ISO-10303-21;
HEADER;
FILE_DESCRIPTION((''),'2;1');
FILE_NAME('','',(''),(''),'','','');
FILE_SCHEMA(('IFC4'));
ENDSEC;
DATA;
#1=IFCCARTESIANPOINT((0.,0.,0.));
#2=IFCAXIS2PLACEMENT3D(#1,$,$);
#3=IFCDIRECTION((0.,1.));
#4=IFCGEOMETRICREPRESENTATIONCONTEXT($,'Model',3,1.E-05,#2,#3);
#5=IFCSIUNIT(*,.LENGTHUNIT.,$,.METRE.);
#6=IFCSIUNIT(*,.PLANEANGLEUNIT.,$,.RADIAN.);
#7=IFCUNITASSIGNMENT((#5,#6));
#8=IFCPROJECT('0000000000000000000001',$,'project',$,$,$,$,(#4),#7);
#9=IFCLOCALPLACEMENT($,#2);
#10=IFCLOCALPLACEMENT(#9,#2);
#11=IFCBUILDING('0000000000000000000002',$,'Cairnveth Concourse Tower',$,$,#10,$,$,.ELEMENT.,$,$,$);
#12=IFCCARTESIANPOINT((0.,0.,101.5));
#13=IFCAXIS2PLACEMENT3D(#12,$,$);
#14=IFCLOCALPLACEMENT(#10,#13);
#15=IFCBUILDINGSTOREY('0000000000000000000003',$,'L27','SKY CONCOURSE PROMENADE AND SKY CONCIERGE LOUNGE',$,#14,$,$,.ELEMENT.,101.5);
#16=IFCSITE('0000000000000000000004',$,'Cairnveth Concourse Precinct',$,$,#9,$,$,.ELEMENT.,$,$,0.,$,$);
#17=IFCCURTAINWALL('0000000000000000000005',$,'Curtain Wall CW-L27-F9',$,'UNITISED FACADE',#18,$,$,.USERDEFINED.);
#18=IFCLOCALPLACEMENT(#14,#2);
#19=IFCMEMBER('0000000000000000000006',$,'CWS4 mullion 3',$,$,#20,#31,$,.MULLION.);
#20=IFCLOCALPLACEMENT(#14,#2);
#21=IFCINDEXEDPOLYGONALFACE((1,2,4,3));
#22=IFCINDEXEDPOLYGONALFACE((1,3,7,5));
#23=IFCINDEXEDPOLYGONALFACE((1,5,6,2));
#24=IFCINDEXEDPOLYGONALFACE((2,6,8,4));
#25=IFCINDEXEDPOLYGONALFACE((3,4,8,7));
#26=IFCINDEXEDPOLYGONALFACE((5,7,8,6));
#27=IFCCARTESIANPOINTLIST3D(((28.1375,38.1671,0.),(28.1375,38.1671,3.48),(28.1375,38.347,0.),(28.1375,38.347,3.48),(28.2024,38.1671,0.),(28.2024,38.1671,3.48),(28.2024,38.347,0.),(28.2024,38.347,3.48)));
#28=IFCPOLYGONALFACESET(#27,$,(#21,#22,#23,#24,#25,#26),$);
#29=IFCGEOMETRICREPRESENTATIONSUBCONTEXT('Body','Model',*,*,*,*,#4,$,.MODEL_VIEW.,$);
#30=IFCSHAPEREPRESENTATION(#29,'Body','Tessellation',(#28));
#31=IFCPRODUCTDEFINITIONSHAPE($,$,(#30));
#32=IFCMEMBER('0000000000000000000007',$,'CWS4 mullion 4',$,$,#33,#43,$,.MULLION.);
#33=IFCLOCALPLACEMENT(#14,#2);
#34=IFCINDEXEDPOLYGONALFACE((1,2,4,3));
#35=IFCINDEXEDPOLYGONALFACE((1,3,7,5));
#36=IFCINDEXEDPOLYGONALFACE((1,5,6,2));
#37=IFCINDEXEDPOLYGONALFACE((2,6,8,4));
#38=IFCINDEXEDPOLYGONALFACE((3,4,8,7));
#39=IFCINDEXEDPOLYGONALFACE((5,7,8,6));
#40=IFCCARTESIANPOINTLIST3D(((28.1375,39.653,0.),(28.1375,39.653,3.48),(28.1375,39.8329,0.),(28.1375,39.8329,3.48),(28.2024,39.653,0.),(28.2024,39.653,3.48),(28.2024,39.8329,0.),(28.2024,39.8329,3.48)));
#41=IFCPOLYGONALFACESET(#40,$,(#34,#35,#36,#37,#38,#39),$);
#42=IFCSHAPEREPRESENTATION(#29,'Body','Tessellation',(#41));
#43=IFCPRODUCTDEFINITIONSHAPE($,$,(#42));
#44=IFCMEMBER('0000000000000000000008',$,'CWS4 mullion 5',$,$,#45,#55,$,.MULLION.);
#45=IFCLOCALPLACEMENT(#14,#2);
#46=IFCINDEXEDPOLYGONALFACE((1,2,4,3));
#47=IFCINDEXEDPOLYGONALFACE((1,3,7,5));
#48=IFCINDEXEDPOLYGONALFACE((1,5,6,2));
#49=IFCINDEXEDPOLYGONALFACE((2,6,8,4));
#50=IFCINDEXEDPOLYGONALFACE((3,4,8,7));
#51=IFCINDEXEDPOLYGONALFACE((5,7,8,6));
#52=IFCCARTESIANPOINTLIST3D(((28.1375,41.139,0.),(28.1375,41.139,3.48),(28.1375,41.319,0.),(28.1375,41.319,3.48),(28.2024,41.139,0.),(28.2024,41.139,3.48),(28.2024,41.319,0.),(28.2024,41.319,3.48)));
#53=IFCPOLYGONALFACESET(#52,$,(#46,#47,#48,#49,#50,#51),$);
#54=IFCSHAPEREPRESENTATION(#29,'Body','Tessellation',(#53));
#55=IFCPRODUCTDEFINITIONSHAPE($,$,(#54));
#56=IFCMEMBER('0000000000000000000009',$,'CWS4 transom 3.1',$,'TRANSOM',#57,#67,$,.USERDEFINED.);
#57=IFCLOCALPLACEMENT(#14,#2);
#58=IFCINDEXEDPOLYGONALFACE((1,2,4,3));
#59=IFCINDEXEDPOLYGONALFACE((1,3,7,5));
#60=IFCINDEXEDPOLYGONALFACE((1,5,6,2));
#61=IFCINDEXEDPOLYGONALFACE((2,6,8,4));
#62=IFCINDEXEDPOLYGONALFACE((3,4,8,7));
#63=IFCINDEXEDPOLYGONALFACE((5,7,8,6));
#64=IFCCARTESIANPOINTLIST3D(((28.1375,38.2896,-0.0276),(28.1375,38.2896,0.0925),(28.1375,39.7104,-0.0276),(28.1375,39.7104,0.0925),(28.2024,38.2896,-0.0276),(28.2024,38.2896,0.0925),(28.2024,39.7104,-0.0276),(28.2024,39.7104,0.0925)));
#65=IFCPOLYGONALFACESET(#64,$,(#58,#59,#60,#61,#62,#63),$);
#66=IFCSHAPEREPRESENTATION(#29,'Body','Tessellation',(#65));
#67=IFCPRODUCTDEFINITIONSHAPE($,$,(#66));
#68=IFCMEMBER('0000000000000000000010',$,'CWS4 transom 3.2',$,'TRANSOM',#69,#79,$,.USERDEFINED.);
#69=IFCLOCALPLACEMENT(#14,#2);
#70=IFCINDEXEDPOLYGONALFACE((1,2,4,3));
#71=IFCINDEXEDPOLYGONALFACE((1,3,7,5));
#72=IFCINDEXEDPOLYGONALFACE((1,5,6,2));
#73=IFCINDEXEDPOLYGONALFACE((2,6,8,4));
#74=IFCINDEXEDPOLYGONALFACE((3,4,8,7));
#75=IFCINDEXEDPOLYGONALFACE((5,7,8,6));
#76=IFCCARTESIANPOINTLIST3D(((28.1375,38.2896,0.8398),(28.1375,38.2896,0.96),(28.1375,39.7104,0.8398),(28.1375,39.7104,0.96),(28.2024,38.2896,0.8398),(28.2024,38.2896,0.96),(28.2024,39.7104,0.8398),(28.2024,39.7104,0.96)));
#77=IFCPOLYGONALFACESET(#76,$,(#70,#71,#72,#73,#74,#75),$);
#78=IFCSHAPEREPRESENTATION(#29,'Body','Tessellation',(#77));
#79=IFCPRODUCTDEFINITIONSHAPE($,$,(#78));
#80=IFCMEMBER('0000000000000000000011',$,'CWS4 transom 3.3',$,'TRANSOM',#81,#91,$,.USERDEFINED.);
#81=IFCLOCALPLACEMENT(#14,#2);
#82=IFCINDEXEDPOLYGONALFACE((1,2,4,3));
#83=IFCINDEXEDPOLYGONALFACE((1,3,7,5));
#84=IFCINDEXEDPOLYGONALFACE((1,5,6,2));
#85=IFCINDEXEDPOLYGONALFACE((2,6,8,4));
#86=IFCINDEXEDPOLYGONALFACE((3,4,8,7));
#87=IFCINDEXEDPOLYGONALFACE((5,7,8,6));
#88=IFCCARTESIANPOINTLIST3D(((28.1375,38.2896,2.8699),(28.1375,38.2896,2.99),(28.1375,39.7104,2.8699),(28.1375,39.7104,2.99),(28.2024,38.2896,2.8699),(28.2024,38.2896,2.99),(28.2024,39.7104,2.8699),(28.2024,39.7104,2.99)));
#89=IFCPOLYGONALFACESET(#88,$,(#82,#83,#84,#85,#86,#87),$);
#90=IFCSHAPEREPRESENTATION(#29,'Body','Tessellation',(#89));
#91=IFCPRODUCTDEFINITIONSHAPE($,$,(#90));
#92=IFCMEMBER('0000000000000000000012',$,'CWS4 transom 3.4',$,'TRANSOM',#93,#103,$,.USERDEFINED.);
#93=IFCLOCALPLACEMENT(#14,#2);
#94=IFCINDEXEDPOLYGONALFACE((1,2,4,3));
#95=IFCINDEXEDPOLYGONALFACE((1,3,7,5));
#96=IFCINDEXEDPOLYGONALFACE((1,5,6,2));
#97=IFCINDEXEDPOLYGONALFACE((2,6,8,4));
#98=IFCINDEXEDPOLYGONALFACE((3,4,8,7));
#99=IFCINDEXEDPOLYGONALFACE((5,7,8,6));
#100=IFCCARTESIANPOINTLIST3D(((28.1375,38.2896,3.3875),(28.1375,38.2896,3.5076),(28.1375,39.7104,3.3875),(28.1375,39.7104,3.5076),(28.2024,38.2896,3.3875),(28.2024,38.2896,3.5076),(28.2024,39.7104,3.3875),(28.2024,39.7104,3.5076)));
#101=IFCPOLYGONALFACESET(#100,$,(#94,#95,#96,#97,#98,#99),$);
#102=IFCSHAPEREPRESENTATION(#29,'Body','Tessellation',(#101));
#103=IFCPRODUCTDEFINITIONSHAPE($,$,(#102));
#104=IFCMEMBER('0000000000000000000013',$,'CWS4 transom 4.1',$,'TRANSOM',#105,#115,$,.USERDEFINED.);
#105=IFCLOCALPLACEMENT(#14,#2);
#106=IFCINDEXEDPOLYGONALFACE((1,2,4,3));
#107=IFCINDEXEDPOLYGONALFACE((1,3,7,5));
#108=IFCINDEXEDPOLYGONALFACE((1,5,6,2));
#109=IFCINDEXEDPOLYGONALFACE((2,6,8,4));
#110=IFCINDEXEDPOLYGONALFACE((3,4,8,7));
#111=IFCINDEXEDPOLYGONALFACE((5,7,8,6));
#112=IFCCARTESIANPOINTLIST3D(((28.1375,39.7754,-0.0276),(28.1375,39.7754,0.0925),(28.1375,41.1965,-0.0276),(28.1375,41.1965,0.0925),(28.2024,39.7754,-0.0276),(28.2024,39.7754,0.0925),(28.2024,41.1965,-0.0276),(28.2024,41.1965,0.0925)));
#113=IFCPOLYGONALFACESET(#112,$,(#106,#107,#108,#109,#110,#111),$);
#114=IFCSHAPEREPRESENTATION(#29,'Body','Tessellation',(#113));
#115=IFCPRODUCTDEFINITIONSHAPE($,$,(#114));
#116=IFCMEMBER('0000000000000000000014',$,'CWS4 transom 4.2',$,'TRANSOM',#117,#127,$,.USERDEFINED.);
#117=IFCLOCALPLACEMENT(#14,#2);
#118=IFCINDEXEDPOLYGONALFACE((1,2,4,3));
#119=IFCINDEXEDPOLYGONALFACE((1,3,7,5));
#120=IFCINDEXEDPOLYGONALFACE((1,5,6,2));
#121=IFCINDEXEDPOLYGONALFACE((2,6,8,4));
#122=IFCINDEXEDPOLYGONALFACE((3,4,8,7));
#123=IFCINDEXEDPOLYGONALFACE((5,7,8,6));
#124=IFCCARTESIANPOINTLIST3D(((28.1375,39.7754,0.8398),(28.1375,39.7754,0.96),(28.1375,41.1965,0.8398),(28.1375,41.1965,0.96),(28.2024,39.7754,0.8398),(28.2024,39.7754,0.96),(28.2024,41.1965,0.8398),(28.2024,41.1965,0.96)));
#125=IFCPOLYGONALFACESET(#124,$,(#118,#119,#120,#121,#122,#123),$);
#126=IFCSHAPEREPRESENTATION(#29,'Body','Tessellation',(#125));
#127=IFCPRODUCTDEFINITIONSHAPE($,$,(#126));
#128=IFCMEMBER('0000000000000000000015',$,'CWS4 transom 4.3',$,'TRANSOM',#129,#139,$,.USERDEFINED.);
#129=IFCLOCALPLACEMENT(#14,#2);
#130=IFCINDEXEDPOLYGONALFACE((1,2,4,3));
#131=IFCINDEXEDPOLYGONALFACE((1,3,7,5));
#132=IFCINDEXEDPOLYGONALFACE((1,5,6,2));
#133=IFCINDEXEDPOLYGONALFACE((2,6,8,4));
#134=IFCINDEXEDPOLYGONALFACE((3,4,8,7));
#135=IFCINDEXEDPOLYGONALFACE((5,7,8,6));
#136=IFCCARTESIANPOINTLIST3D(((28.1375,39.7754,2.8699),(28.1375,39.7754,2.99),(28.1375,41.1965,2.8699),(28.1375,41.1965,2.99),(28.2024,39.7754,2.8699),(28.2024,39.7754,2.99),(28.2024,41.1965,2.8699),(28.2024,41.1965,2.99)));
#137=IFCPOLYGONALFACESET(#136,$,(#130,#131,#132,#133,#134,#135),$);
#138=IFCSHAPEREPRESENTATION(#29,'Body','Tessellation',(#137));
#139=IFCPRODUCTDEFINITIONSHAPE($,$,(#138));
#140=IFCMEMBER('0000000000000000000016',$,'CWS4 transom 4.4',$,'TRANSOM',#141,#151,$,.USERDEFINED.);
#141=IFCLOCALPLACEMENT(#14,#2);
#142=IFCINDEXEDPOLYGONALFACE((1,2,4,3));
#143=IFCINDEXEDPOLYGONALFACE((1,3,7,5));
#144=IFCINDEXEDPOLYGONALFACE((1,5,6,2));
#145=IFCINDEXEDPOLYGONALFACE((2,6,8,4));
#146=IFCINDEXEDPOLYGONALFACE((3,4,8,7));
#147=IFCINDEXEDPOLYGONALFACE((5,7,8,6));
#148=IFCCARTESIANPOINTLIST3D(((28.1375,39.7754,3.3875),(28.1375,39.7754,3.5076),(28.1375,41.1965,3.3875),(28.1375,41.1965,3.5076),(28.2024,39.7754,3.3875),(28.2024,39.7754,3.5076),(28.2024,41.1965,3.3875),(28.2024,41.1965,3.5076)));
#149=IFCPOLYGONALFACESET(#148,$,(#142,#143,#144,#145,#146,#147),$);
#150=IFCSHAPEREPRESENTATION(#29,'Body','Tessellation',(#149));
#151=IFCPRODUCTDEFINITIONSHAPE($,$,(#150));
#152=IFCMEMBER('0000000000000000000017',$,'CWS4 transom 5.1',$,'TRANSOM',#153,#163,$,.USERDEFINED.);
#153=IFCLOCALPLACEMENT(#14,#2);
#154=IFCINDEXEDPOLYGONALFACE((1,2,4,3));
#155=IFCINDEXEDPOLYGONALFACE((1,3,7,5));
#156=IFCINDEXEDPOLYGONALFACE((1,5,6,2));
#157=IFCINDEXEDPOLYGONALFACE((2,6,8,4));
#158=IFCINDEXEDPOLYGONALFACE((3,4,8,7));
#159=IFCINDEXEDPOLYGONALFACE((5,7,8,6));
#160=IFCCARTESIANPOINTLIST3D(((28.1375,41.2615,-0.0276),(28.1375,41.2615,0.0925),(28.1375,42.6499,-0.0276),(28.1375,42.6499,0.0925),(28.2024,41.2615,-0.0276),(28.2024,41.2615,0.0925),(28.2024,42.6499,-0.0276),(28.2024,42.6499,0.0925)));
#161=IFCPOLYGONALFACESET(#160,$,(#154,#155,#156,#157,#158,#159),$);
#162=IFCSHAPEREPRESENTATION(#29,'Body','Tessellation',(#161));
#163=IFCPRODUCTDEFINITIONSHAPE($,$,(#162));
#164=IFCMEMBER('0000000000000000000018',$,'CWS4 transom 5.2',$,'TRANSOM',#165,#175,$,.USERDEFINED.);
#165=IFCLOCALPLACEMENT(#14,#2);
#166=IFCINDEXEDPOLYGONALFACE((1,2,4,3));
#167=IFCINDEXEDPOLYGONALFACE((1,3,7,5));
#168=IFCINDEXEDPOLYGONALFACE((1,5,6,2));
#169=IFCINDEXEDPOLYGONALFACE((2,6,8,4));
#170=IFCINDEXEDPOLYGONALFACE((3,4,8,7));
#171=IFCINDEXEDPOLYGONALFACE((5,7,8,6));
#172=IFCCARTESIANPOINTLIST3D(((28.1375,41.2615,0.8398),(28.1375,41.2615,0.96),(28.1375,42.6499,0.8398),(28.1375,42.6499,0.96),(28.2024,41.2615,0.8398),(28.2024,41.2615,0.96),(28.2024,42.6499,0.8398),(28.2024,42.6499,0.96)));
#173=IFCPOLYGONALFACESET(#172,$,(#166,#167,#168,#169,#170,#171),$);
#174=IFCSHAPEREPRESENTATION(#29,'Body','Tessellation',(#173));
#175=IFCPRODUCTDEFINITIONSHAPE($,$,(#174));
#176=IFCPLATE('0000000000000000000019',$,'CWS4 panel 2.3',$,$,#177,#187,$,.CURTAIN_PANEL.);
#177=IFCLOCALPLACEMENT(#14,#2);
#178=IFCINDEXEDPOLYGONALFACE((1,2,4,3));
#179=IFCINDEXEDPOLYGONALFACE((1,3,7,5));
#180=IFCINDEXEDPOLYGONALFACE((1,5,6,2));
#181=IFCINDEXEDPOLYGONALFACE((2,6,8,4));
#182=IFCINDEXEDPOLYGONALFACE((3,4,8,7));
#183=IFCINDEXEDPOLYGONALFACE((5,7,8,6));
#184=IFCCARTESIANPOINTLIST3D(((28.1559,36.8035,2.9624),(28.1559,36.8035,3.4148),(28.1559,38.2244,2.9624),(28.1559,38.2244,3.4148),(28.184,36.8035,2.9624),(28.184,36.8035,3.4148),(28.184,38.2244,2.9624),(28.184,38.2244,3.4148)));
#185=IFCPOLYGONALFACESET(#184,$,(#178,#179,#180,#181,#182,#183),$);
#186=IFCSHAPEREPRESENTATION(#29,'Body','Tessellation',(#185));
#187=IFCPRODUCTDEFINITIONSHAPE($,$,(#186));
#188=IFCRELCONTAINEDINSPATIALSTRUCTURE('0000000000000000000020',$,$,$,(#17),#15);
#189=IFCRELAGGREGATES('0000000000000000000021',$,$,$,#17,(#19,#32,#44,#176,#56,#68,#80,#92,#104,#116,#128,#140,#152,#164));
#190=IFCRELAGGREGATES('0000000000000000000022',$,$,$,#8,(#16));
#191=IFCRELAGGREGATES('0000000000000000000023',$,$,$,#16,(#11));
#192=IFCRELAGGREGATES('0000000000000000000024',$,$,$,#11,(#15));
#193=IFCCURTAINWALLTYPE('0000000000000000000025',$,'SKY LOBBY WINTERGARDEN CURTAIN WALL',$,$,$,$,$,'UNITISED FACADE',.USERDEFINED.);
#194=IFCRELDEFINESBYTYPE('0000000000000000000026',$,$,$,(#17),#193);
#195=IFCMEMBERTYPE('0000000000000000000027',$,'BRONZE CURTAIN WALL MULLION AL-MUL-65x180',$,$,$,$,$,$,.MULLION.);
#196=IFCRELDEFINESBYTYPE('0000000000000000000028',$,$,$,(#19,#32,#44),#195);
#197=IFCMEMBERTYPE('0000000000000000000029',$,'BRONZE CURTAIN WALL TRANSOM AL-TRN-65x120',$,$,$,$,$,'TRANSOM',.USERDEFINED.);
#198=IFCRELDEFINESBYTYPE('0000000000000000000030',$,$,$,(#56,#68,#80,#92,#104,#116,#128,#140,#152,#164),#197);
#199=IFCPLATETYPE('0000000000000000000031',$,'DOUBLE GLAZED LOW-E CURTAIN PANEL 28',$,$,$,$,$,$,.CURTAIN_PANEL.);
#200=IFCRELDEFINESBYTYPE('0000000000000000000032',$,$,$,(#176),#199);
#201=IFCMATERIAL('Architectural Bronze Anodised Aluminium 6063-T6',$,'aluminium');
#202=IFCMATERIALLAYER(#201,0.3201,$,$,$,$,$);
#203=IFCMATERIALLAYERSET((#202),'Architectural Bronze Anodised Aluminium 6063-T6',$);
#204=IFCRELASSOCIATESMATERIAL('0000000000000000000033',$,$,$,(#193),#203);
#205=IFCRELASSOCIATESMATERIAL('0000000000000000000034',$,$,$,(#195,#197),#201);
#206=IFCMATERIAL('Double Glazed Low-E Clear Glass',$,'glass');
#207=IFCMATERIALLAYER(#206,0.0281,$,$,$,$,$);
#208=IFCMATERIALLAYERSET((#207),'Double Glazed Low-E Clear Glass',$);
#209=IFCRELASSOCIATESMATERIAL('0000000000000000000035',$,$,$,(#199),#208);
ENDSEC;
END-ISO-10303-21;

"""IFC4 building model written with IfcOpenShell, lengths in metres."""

from ifc_helpers import new_model, si_unit, direction, frame, origin, origin_2d, place, context, subcontext, project, spatial, rectangle, extrude, material, layer, layer_set, material_profile, profile_set, type_object, element, aggregate, save


model = new_model("IFC4")

# Units and contexts
model_context = context("Model", 3, precision=1e-05, world=origin(), true_north=direction((0.0, 1.0)))
body_context = subcontext(model_context, "Body", "Model", "MODEL_VIEW")
ifc_project = project(units=[si_unit("LENGTHUNIT", "METRE"), si_unit("PLANEANGLEUNIT", "RADIAN")], contexts=[model_context])

# Site, building, storey
site_placement = place(None, origin())
site = spatial("IfcSite", under=ifc_project, at=site_placement, Name="Cairnveth Concourse Precinct", CompositionType="ELEMENT", RefElevation=0.0)
building_placement = place(site_placement, origin())
building = spatial("IfcBuilding", under=site, at=building_placement, Name="Cairnveth Concourse Tower", CompositionType="ELEMENT")
storey_placement = place(building_placement, frame((0.0, 0.0, 101.5)))
storey = spatial("IfcBuildingStorey", under=building, at=storey_placement, Name="L27", Description="SKY CONCOURSE PROMENADE AND SKY CONCIERGE LOUNGE", CompositionType="ELEMENT", Elevation=101.5)

# Curtain wall, members, plate
ifc_material_1 = material(Name="Architectural Bronze Anodised Aluminium 6063-T6", Category="aluminium")
ifc_layer_1 = layer(ifc_material_1, 0.3201)
ifc_layer_set_1 = layer_set([ifc_layer_1], Name="Architectural Bronze Anodised Aluminium 6063-T6")
curtain_wall_type = type_object("IfcCurtainWallType", Name="SKY LOBBY WINTERGARDEN CURTAIN WALL", ElementType="UNITISED FACADE", PredefinedType="USERDEFINED", material=ifc_layer_set_1)
curtain_wall_placement = place(storey_placement, origin())
curtain_wall = element("IfcCurtainWall", 1, at=curtain_wall_placement, inside=storey, type_object=curtain_wall_type, Name="Curtain Wall CW-L27-F9", ObjectType="UNITISED FACADE", PredefinedType="USERDEFINED")
ifc_material_profile_1 = material_profile(ifc_material_1, rectangle(XDim=0.0649, YDim=0.1799, at=origin_2d()), Name="AL-MUL-65x180")
ifc_profile_set_1 = profile_set([ifc_material_profile_1], Name="Architectural Bronze Anodised Aluminium 6063-T6")
member_type_1 = type_object("IfcMemberType", Name="BRONZE CURTAIN WALL MULLION AL-MUL-65x180", PredefinedType="MULLION", material=ifc_profile_set_1)
member_1_placement = place(storey_placement, frame((28.1699, 38.2571, 0.0), z_axis=(0.0, 0.0, 1.0), x_axis=(-1.0, 0.0, 0.0)))
member_1 = element("IfcMember", 2, at=member_1_placement, type_object=member_type_1, Name="CWS4 mullion 3", PredefinedType="MULLION", context=body_context, shape_type="SweptSolid", body=[
    extrude(rectangle(XDim=0.0649, YDim=0.1799, at=origin_2d()), origin(), (0.0, 0.0, 1.0), 3.48),
])
member_2_placement = place(storey_placement, frame((28.1699, 39.7429, 0.0), z_axis=(0.0, 0.0, 1.0), x_axis=(-1.0, 0.0, 0.0)))
member_2 = element("IfcMember", 3, at=member_2_placement, type_object=member_type_1, Name="CWS4 mullion 4", PredefinedType="MULLION", context=body_context, shape_type="SweptSolid", body=[
    extrude(rectangle(XDim=0.0649, YDim=0.1799, at=origin_2d()), origin(), (0.0, 0.0, 1.0), 3.48),
])
member_3_placement = place(storey_placement, frame((28.1699, 41.229, 0.0), z_axis=(0.0, 0.0, 1.0), x_axis=(-1.0, 0.0, 0.0)))
member_3 = element("IfcMember", 4, at=member_3_placement, type_object=member_type_1, Name="CWS4 mullion 5", PredefinedType="MULLION", context=body_context, shape_type="SweptSolid", body=[
    extrude(rectangle(XDim=0.0649, YDim=0.1799, at=origin_2d()), origin(), (0.0, 0.0, 1.0), 3.48),
])
ifc_material_profile_2 = material_profile(ifc_material_1, rectangle(XDim=0.0649, YDim=0.1201, at=origin_2d()), Name="AL-TRN-65x120")
ifc_profile_set_2 = profile_set([ifc_material_profile_2], Name="Architectural Bronze Anodised Aluminium 6063-T6")
member_type_2 = type_object("IfcMemberType", Name="BRONZE CURTAIN WALL TRANSOM AL-TRN-65x120", ElementType="TRANSOM", PredefinedType="USERDEFINED", material=ifc_profile_set_2)
member_4_placement = place(storey_placement, frame((28.1699, 38.2896, 0.0325), z_axis=(0.0, 1.0, 0.0), x_axis=(-1.0, 0.0, 0.0)))
member_4 = element("IfcMember", 5, at=member_4_placement, type_object=member_type_2, Name="CWS4 transom 3.1", ObjectType="TRANSOM", PredefinedType="USERDEFINED", context=body_context, shape_type="SweptSolid", body=[
    extrude(rectangle(XDim=0.0649, YDim=0.1201, at=origin_2d()), origin(), (0.0, 0.0, 1.0), 1.4209),
])
member_5_placement = place(storey_placement, frame((28.1699, 38.2896, 0.8999), z_axis=(0.0, 1.0, 0.0), x_axis=(-1.0, 0.0, 0.0)))
member_5 = element("IfcMember", 6, at=member_5_placement, type_object=member_type_2, Name="CWS4 transom 3.2", ObjectType="TRANSOM", PredefinedType="USERDEFINED", context=body_context, shape_type="SweptSolid", body=[
    extrude(rectangle(XDim=0.0649, YDim=0.1201, at=origin_2d()), origin(), (0.0, 0.0, 1.0), 1.4209),
])
member_6_placement = place(storey_placement, frame((28.1699, 38.2896, 2.9299), z_axis=(0.0, 1.0, 0.0), x_axis=(-1.0, 0.0, 0.0)))
member_6 = element("IfcMember", 7, at=member_6_placement, type_object=member_type_2, Name="CWS4 transom 3.3", ObjectType="TRANSOM", PredefinedType="USERDEFINED", context=body_context, shape_type="SweptSolid", body=[
    extrude(rectangle(XDim=0.0649, YDim=0.1201, at=origin_2d()), origin(), (0.0, 0.0, 1.0), 1.4209),
])
member_7_placement = place(storey_placement, frame((28.1699, 38.2896, 3.4475), z_axis=(0.0, 1.0, 0.0), x_axis=(-1.0, 0.0, 0.0)))
member_7 = element("IfcMember", 8, at=member_7_placement, type_object=member_type_2, Name="CWS4 transom 3.4", ObjectType="TRANSOM", PredefinedType="USERDEFINED", context=body_context, shape_type="SweptSolid", body=[
    extrude(rectangle(XDim=0.0649, YDim=0.1201, at=origin_2d()), origin(), (0.0, 0.0, 1.0), 1.4209),
])
member_8_placement = place(storey_placement, frame((28.1699, 39.7754, 0.0325), z_axis=(0.0, 1.0, 0.0), x_axis=(-1.0, 0.0, 0.0)))
member_8 = element("IfcMember", 9, at=member_8_placement, type_object=member_type_2, Name="CWS4 transom 4.1", ObjectType="TRANSOM", PredefinedType="USERDEFINED", context=body_context, shape_type="SweptSolid", body=[
    extrude(rectangle(XDim=0.0649, YDim=0.1201, at=origin_2d()), origin(), (0.0, 0.0, 1.0), 1.4211),
])
member_9_placement = place(storey_placement, frame((28.1699, 39.7754, 0.8999), z_axis=(0.0, 1.0, 0.0), x_axis=(-1.0, 0.0, 0.0)))
member_9 = element("IfcMember", 10, at=member_9_placement, type_object=member_type_2, Name="CWS4 transom 4.2", ObjectType="TRANSOM", PredefinedType="USERDEFINED", context=body_context, shape_type="SweptSolid", body=[
    extrude(rectangle(XDim=0.0649, YDim=0.1201, at=origin_2d()), origin(), (0.0, 0.0, 1.0), 1.4211),
])
member_10_placement = place(storey_placement, frame((28.1699, 39.7754, 2.9299), z_axis=(0.0, 1.0, 0.0), x_axis=(-1.0, 0.0, 0.0)))
member_10 = element("IfcMember", 11, at=member_10_placement, type_object=member_type_2, Name="CWS4 transom 4.3", ObjectType="TRANSOM", PredefinedType="USERDEFINED", context=body_context, shape_type="SweptSolid", body=[
    extrude(rectangle(XDim=0.0649, YDim=0.1201, at=origin_2d()), origin(), (0.0, 0.0, 1.0), 1.4211),
])
member_11_placement = place(storey_placement, frame((28.1699, 39.7754, 3.4475), z_axis=(0.0, 1.0, 0.0), x_axis=(-1.0, 0.0, 0.0)))
member_11 = element("IfcMember", 12, at=member_11_placement, type_object=member_type_2, Name="CWS4 transom 4.4", ObjectType="TRANSOM", PredefinedType="USERDEFINED", context=body_context, shape_type="SweptSolid", body=[
    extrude(rectangle(XDim=0.0649, YDim=0.1201, at=origin_2d()), origin(), (0.0, 0.0, 1.0), 1.4211),
])
member_12_placement = place(storey_placement, frame((28.1699, 41.2615, 0.0325), z_axis=(0.0, 1.0, 0.0), x_axis=(-1.0, 0.0, 0.0)))
member_12 = element("IfcMember", 13, at=member_12_placement, type_object=member_type_2, Name="CWS4 transom 5.1", ObjectType="TRANSOM", PredefinedType="USERDEFINED", context=body_context, shape_type="SweptSolid", body=[
    extrude(rectangle(XDim=0.0649, YDim=0.1201, at=origin_2d()), origin(), (0.0, 0.0, 1.0), 1.3884),
])
member_13_placement = place(storey_placement, frame((28.1699, 41.2615, 0.8999), z_axis=(0.0, 1.0, 0.0), x_axis=(-1.0, 0.0, 0.0)))
member_13 = element("IfcMember", 14, at=member_13_placement, type_object=member_type_2, Name="CWS4 transom 5.2", ObjectType="TRANSOM", PredefinedType="USERDEFINED", context=body_context, shape_type="SweptSolid", body=[
    extrude(rectangle(XDim=0.0649, YDim=0.1201, at=origin_2d()), origin(), (0.0, 0.0, 1.0), 1.3884),
])
ifc_material_2 = material(Name="Double Glazed Low-E Clear Glass", Category="glass")
ifc_layer_2 = layer(ifc_material_2, 0.0281)
ifc_layer_set_2 = layer_set([ifc_layer_2], Name="Double Glazed Low-E Clear Glass")
plate_type = type_object("IfcPlateType", Name="DOUBLE GLAZED LOW-E CURTAIN PANEL 28", PredefinedType="CURTAIN_PANEL", material=ifc_layer_set_2)
plate_1_placement = place(storey_placement, frame((28.1699, 37.5139, 2.9624), z_axis=(0.0, 0.0, 1.0), x_axis=(0.0, 1.0, 0.0)))
plate_1 = element("IfcPlate", 15, at=plate_1_placement, type_object=plate_type, Name="CWS4 panel 2.3", PredefinedType="CURTAIN_PANEL", context=body_context, shape_type="SweptSolid", body=[
    extrude(rectangle(XDim=1.4209, YDim=0.0281, at=origin_2d()), origin(), (0.0, 0.0, 1.0), 0.4524),
])
aggregate(curtain_wall, [member_1, member_2, member_3, plate_1, member_4, member_5, member_6, member_7, member_8, member_9, member_10, member_11, member_12, member_13])

save(model, "model.ifc")
